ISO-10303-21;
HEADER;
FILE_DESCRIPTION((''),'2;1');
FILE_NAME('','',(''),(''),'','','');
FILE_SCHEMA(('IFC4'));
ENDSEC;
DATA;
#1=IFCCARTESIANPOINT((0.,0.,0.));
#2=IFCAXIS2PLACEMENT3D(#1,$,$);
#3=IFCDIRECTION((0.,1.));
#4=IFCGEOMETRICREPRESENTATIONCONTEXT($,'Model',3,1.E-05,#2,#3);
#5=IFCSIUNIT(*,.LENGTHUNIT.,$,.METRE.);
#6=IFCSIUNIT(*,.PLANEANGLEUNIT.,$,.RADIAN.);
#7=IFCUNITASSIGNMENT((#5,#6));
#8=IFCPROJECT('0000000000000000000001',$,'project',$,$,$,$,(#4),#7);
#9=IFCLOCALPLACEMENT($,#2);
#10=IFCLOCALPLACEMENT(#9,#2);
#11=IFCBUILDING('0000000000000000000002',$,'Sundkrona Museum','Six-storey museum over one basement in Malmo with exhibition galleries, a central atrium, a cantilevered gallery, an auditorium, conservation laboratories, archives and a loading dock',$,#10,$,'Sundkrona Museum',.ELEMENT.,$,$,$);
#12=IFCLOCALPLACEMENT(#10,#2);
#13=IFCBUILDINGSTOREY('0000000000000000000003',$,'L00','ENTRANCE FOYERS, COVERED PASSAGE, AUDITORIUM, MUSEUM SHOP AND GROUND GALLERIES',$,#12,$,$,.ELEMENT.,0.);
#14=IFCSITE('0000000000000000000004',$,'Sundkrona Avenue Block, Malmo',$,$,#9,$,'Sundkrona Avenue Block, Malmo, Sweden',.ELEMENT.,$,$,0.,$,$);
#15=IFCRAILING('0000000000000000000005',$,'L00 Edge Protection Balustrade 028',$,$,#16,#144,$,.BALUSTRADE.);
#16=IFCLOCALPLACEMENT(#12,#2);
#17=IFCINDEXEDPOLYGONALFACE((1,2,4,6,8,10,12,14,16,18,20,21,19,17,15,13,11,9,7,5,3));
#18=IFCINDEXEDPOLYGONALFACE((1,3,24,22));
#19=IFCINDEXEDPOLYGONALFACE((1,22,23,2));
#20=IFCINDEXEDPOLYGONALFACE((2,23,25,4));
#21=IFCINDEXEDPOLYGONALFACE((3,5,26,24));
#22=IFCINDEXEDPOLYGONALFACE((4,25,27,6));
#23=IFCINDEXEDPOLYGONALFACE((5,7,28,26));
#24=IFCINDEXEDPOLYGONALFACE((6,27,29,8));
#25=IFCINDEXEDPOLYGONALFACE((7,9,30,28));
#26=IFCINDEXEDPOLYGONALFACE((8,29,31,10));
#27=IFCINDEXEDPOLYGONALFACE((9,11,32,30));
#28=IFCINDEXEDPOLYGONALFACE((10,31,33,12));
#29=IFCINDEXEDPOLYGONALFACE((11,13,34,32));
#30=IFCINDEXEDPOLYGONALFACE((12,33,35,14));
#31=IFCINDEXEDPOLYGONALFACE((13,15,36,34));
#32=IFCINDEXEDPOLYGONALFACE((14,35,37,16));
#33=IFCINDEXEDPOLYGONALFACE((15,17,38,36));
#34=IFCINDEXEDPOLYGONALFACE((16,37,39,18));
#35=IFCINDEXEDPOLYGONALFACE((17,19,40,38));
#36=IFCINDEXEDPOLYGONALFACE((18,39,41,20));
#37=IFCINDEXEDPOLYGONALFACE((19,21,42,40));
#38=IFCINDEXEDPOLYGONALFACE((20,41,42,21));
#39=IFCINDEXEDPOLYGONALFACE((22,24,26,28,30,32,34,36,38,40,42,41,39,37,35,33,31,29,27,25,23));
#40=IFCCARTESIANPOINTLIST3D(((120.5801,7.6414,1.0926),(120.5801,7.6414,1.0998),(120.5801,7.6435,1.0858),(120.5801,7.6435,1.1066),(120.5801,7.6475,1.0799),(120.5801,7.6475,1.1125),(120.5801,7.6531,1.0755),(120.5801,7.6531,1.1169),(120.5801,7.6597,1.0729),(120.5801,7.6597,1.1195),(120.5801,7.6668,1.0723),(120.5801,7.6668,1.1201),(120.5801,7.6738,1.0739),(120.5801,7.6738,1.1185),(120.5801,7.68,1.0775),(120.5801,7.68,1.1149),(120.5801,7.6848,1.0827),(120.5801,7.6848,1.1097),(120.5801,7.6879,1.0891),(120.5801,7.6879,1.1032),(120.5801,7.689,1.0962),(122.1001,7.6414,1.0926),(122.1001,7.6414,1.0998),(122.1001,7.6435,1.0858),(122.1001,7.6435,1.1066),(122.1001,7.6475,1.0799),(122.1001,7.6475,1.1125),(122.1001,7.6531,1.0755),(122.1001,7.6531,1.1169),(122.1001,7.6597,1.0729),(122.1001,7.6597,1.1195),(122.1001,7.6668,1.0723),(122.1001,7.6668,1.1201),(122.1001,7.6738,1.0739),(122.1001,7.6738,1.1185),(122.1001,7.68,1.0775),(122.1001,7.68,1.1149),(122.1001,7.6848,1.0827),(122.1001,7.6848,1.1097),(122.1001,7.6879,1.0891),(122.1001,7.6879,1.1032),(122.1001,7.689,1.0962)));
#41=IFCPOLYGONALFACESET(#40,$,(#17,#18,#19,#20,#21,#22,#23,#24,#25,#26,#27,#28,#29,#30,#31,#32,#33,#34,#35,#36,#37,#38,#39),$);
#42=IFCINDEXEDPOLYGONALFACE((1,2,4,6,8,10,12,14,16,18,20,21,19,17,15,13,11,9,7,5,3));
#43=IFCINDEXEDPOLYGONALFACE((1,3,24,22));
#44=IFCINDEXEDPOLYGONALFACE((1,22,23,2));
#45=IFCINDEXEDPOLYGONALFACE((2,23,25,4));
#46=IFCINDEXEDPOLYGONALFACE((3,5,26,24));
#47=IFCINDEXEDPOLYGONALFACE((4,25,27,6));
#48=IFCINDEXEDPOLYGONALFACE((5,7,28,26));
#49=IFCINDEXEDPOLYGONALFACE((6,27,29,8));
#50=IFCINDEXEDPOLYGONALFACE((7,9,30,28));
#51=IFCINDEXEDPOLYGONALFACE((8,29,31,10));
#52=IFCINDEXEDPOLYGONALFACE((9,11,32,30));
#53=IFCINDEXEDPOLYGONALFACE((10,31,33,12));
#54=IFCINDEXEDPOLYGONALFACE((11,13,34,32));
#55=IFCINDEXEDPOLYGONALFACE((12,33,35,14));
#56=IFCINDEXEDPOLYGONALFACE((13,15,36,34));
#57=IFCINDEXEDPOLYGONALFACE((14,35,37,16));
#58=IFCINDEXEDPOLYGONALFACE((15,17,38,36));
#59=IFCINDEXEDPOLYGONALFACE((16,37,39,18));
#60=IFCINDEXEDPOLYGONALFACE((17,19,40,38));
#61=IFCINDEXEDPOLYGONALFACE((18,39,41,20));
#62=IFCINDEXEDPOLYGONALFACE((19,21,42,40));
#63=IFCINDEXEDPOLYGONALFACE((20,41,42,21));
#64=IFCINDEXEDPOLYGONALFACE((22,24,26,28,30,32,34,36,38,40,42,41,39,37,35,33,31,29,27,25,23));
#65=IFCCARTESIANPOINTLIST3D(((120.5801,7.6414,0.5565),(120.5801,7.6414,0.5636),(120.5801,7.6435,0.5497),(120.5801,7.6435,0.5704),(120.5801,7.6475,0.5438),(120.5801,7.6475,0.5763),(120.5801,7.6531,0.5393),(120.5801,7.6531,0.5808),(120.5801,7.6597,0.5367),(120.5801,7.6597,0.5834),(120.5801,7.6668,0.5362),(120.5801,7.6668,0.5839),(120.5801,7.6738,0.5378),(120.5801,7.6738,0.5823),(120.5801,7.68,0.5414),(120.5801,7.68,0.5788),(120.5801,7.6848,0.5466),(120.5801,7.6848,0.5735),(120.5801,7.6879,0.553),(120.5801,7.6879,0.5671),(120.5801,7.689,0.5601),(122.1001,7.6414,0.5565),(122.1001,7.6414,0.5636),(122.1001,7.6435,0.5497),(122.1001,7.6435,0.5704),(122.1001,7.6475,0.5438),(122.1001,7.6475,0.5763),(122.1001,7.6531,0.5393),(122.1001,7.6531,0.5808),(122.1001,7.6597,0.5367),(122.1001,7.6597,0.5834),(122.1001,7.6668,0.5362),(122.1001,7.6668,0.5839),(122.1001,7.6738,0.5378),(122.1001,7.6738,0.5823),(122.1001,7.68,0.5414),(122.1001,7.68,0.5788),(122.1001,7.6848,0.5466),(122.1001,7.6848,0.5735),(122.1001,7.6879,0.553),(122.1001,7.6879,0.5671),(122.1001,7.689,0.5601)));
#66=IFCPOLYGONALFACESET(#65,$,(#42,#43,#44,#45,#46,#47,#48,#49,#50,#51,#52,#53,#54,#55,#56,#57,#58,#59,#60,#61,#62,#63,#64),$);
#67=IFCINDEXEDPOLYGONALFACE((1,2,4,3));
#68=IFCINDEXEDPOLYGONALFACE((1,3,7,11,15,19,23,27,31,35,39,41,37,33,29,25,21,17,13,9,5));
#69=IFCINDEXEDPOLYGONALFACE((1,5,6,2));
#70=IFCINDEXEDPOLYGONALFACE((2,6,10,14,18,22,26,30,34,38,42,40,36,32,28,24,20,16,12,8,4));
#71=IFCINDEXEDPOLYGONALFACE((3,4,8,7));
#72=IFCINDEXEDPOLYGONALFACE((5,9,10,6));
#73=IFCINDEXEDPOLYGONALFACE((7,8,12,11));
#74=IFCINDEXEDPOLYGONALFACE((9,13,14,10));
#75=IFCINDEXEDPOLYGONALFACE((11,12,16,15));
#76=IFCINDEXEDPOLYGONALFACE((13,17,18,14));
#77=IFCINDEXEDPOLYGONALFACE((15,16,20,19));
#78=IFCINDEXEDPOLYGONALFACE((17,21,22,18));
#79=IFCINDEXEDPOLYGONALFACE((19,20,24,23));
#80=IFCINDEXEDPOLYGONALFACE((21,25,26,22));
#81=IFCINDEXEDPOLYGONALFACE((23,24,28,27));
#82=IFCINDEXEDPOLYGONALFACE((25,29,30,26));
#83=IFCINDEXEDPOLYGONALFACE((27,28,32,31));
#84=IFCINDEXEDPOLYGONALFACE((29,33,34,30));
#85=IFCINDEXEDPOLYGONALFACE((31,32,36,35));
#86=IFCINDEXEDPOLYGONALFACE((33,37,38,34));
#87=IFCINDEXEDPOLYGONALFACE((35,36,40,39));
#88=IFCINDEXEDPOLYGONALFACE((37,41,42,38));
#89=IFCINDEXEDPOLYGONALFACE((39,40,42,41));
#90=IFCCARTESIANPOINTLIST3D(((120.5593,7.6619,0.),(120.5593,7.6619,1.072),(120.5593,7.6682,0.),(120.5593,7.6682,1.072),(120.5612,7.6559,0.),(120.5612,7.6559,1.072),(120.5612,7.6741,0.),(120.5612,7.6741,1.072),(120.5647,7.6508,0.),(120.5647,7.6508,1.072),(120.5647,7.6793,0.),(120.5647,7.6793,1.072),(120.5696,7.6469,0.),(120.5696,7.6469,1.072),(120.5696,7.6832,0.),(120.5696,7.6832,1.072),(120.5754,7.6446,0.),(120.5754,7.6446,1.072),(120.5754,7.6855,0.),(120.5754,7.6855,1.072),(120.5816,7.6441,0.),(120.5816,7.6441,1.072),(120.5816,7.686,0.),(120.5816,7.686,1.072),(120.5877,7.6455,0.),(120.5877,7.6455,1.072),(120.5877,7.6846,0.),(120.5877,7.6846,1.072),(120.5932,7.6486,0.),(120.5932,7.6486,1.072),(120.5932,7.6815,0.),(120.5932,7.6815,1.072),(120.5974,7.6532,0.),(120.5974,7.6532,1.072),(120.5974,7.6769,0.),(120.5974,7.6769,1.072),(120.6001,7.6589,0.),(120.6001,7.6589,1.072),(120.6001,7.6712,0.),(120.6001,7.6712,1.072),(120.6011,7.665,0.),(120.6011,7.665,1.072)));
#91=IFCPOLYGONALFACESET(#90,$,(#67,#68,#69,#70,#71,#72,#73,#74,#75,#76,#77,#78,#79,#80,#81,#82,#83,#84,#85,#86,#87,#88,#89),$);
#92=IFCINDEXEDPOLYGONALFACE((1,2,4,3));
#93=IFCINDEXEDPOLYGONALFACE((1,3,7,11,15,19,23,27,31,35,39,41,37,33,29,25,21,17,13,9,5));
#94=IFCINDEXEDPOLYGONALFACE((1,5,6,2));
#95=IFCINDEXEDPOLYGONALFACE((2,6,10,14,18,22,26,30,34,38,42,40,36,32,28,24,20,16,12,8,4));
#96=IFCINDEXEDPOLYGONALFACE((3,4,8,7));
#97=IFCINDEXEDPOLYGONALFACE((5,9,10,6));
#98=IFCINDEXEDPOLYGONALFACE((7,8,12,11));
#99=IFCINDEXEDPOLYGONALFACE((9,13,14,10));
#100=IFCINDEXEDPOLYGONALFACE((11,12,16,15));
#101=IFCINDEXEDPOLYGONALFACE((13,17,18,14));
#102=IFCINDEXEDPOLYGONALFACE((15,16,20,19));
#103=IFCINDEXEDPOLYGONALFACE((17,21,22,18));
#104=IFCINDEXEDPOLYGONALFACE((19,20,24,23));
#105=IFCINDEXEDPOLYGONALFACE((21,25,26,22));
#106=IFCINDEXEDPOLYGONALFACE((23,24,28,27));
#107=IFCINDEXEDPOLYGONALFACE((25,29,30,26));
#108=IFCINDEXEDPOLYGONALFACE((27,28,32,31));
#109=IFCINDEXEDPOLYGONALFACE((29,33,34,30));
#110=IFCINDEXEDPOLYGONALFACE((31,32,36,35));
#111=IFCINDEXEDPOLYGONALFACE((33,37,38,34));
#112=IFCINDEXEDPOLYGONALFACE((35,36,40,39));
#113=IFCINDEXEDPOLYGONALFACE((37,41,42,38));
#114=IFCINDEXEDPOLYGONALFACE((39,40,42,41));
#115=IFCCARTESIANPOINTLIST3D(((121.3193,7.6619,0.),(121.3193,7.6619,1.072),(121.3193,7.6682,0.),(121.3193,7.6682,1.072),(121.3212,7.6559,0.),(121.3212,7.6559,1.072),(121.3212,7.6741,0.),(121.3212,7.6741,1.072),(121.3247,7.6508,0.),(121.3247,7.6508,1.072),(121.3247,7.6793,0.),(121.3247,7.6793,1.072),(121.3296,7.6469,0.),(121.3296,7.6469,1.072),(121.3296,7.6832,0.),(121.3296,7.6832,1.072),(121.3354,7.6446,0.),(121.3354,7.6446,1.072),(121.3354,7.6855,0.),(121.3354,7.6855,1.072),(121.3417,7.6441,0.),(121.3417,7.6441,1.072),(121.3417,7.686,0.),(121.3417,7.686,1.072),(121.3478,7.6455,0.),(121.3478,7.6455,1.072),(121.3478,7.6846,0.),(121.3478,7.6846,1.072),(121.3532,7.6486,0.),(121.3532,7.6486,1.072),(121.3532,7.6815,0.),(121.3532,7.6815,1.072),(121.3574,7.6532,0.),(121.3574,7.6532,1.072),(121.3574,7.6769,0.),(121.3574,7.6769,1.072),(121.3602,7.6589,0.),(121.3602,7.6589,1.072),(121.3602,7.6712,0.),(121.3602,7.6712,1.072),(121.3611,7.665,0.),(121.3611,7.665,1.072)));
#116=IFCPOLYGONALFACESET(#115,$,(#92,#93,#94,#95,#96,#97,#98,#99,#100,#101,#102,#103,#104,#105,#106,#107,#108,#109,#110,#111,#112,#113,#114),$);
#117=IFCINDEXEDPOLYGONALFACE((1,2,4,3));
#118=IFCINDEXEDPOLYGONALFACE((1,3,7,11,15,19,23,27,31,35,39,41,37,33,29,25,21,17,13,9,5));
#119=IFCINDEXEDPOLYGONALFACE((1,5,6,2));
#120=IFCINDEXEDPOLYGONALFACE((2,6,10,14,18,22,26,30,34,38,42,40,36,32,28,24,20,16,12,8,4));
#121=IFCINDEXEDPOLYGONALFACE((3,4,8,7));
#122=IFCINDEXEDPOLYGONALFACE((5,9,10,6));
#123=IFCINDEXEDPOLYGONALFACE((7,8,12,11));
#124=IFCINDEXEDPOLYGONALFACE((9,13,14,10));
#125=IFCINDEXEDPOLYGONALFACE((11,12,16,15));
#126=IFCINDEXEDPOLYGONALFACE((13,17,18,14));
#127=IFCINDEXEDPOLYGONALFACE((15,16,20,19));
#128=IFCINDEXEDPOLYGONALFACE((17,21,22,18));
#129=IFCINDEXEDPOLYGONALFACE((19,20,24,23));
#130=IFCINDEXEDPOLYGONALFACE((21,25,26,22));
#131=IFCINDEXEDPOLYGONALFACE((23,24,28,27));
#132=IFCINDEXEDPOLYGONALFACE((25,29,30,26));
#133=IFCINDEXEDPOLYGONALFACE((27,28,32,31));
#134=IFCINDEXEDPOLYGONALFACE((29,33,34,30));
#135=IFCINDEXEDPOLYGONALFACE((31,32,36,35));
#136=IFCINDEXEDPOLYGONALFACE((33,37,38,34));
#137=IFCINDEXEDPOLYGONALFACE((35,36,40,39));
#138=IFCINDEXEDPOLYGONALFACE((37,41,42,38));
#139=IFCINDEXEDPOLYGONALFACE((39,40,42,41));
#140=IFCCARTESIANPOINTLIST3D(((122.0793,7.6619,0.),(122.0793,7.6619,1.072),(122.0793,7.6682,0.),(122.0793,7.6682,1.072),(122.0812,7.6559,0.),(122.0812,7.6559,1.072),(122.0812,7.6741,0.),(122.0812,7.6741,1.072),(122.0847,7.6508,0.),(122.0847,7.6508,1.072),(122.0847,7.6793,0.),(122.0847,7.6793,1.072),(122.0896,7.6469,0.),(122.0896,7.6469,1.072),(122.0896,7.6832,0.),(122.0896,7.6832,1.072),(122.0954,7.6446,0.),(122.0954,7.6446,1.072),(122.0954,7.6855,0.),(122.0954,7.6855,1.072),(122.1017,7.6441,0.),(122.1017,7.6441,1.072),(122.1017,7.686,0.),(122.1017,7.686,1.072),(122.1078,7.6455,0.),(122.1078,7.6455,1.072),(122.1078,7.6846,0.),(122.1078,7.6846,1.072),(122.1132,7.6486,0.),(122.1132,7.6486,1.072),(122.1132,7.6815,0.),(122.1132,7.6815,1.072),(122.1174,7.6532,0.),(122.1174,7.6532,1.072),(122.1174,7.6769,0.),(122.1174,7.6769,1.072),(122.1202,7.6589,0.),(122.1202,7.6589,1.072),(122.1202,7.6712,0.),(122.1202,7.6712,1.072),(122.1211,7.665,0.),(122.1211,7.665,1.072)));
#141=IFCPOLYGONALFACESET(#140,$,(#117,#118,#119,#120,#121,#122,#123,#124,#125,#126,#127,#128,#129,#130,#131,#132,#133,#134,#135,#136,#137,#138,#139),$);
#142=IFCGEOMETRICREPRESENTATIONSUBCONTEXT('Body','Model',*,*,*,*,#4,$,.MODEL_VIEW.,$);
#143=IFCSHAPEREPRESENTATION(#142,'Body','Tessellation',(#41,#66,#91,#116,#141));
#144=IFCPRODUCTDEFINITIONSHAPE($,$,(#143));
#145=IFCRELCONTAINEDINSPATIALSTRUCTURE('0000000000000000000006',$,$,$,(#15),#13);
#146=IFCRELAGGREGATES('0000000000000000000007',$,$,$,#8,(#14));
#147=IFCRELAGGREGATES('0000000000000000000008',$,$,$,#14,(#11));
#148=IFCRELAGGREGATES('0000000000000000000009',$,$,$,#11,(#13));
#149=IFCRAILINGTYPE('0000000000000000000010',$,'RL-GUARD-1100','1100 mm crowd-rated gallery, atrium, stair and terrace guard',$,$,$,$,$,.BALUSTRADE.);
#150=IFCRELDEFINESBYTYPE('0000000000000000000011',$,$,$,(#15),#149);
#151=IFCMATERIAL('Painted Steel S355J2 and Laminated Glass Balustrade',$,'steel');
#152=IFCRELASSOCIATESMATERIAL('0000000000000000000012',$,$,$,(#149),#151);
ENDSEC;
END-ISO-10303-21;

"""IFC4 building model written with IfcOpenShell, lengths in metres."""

from ifc_helpers import new_model, si_unit, direction, frame, origin, origin_2d, place, context, subcontext, project, spatial, circle, extrude, material, type_object, element, save


model = new_model("IFC4")

# Units and contexts
model_context = context("Model", 3, precision=1e-05, world=origin(), true_north=direction((0.0, 1.0)))
body_context = subcontext(model_context, "Body", "Model", "MODEL_VIEW")
ifc_project = project(units=[si_unit("LENGTHUNIT", "METRE"), si_unit("PLANEANGLEUNIT", "RADIAN")], contexts=[model_context])

# Site, building, storey
site_placement = place(None, origin())
site = spatial("IfcSite", under=ifc_project, at=site_placement, Name="Sundkrona Avenue Block, Malmo", LongName="Sundkrona Avenue Block, Malmo, Sweden", CompositionType="ELEMENT", RefElevation=0.0)
building_placement = place(site_placement, origin())
building = spatial("IfcBuilding", under=site, at=building_placement, Name="Sundkrona Museum", Description="Six-storey museum over one basement in Malmo with exhibition galleries, a central atrium, a cantilevered gallery, an auditorium, conservation laboratories, archives and a loading dock", LongName="Sundkrona Museum", CompositionType="ELEMENT")
storey_placement = place(building_placement, origin())
storey = spatial("IfcBuildingStorey", under=building, at=storey_placement, Name="L00", Description="ENTRANCE FOYERS, COVERED PASSAGE, AUDITORIUM, MUSEUM SHOP AND GROUND GALLERIES", CompositionType="ELEMENT", Elevation=0.0)

# Railing
ifc_material_1 = material(Name="Painted Steel S355J2 and Laminated Glass Balustrade", Category="steel")
railing_type_1 = type_object("IfcRailingType", Name="RL-GUARD-1100", Description="1100 mm crowd-rated gallery, atrium, stair and terrace guard", PredefinedType="BALUSTRADE", material=ifc_material_1)
for number, where, name in (
    (1, (120.5801, 7.665, 0.0), "L00 Edge Protection Balustrade 028"),
):
    element("IfcRailing", number, at=place(storey_placement, frame(where)), inside=storey, type_object=railing_type_1, Name=name, PredefinedType="BALUSTRADE", context=body_context, shape_type="SweptSolid", body=[
        extrude(circle(Radius=0.0239, at=origin_2d()), frame((0.0, 0.0, 1.0962), z_axis=(1.0, 0.0, 0.0), x_axis=(0.0, 1.0, 0.0)), (0.0, 0.0, 1.0), 1.52),
        extrude(circle(Radius=0.0239, at=origin_2d()), frame((0.0, 0.0, 0.5601), z_axis=(1.0, 0.0, 0.0), x_axis=(0.0, 1.0, 0.0)), (0.0, 0.0, 1.0), 1.52),
        extrude(circle(Radius=0.021, at=origin_2d()), origin(), (0.0, 0.0, 1.0), 1.072),
        extrude(circle(Radius=0.021, at=origin_2d()), frame((0.76, 0.0, 0.0)), (0.0, 0.0, 1.0), 1.072),
        extrude(circle(Radius=0.021, at=origin_2d()), frame((1.52, 0.0, 0.0)), (0.0, 0.0, 1.0), 1.072),
    ])

save(model, "model.ifc")
